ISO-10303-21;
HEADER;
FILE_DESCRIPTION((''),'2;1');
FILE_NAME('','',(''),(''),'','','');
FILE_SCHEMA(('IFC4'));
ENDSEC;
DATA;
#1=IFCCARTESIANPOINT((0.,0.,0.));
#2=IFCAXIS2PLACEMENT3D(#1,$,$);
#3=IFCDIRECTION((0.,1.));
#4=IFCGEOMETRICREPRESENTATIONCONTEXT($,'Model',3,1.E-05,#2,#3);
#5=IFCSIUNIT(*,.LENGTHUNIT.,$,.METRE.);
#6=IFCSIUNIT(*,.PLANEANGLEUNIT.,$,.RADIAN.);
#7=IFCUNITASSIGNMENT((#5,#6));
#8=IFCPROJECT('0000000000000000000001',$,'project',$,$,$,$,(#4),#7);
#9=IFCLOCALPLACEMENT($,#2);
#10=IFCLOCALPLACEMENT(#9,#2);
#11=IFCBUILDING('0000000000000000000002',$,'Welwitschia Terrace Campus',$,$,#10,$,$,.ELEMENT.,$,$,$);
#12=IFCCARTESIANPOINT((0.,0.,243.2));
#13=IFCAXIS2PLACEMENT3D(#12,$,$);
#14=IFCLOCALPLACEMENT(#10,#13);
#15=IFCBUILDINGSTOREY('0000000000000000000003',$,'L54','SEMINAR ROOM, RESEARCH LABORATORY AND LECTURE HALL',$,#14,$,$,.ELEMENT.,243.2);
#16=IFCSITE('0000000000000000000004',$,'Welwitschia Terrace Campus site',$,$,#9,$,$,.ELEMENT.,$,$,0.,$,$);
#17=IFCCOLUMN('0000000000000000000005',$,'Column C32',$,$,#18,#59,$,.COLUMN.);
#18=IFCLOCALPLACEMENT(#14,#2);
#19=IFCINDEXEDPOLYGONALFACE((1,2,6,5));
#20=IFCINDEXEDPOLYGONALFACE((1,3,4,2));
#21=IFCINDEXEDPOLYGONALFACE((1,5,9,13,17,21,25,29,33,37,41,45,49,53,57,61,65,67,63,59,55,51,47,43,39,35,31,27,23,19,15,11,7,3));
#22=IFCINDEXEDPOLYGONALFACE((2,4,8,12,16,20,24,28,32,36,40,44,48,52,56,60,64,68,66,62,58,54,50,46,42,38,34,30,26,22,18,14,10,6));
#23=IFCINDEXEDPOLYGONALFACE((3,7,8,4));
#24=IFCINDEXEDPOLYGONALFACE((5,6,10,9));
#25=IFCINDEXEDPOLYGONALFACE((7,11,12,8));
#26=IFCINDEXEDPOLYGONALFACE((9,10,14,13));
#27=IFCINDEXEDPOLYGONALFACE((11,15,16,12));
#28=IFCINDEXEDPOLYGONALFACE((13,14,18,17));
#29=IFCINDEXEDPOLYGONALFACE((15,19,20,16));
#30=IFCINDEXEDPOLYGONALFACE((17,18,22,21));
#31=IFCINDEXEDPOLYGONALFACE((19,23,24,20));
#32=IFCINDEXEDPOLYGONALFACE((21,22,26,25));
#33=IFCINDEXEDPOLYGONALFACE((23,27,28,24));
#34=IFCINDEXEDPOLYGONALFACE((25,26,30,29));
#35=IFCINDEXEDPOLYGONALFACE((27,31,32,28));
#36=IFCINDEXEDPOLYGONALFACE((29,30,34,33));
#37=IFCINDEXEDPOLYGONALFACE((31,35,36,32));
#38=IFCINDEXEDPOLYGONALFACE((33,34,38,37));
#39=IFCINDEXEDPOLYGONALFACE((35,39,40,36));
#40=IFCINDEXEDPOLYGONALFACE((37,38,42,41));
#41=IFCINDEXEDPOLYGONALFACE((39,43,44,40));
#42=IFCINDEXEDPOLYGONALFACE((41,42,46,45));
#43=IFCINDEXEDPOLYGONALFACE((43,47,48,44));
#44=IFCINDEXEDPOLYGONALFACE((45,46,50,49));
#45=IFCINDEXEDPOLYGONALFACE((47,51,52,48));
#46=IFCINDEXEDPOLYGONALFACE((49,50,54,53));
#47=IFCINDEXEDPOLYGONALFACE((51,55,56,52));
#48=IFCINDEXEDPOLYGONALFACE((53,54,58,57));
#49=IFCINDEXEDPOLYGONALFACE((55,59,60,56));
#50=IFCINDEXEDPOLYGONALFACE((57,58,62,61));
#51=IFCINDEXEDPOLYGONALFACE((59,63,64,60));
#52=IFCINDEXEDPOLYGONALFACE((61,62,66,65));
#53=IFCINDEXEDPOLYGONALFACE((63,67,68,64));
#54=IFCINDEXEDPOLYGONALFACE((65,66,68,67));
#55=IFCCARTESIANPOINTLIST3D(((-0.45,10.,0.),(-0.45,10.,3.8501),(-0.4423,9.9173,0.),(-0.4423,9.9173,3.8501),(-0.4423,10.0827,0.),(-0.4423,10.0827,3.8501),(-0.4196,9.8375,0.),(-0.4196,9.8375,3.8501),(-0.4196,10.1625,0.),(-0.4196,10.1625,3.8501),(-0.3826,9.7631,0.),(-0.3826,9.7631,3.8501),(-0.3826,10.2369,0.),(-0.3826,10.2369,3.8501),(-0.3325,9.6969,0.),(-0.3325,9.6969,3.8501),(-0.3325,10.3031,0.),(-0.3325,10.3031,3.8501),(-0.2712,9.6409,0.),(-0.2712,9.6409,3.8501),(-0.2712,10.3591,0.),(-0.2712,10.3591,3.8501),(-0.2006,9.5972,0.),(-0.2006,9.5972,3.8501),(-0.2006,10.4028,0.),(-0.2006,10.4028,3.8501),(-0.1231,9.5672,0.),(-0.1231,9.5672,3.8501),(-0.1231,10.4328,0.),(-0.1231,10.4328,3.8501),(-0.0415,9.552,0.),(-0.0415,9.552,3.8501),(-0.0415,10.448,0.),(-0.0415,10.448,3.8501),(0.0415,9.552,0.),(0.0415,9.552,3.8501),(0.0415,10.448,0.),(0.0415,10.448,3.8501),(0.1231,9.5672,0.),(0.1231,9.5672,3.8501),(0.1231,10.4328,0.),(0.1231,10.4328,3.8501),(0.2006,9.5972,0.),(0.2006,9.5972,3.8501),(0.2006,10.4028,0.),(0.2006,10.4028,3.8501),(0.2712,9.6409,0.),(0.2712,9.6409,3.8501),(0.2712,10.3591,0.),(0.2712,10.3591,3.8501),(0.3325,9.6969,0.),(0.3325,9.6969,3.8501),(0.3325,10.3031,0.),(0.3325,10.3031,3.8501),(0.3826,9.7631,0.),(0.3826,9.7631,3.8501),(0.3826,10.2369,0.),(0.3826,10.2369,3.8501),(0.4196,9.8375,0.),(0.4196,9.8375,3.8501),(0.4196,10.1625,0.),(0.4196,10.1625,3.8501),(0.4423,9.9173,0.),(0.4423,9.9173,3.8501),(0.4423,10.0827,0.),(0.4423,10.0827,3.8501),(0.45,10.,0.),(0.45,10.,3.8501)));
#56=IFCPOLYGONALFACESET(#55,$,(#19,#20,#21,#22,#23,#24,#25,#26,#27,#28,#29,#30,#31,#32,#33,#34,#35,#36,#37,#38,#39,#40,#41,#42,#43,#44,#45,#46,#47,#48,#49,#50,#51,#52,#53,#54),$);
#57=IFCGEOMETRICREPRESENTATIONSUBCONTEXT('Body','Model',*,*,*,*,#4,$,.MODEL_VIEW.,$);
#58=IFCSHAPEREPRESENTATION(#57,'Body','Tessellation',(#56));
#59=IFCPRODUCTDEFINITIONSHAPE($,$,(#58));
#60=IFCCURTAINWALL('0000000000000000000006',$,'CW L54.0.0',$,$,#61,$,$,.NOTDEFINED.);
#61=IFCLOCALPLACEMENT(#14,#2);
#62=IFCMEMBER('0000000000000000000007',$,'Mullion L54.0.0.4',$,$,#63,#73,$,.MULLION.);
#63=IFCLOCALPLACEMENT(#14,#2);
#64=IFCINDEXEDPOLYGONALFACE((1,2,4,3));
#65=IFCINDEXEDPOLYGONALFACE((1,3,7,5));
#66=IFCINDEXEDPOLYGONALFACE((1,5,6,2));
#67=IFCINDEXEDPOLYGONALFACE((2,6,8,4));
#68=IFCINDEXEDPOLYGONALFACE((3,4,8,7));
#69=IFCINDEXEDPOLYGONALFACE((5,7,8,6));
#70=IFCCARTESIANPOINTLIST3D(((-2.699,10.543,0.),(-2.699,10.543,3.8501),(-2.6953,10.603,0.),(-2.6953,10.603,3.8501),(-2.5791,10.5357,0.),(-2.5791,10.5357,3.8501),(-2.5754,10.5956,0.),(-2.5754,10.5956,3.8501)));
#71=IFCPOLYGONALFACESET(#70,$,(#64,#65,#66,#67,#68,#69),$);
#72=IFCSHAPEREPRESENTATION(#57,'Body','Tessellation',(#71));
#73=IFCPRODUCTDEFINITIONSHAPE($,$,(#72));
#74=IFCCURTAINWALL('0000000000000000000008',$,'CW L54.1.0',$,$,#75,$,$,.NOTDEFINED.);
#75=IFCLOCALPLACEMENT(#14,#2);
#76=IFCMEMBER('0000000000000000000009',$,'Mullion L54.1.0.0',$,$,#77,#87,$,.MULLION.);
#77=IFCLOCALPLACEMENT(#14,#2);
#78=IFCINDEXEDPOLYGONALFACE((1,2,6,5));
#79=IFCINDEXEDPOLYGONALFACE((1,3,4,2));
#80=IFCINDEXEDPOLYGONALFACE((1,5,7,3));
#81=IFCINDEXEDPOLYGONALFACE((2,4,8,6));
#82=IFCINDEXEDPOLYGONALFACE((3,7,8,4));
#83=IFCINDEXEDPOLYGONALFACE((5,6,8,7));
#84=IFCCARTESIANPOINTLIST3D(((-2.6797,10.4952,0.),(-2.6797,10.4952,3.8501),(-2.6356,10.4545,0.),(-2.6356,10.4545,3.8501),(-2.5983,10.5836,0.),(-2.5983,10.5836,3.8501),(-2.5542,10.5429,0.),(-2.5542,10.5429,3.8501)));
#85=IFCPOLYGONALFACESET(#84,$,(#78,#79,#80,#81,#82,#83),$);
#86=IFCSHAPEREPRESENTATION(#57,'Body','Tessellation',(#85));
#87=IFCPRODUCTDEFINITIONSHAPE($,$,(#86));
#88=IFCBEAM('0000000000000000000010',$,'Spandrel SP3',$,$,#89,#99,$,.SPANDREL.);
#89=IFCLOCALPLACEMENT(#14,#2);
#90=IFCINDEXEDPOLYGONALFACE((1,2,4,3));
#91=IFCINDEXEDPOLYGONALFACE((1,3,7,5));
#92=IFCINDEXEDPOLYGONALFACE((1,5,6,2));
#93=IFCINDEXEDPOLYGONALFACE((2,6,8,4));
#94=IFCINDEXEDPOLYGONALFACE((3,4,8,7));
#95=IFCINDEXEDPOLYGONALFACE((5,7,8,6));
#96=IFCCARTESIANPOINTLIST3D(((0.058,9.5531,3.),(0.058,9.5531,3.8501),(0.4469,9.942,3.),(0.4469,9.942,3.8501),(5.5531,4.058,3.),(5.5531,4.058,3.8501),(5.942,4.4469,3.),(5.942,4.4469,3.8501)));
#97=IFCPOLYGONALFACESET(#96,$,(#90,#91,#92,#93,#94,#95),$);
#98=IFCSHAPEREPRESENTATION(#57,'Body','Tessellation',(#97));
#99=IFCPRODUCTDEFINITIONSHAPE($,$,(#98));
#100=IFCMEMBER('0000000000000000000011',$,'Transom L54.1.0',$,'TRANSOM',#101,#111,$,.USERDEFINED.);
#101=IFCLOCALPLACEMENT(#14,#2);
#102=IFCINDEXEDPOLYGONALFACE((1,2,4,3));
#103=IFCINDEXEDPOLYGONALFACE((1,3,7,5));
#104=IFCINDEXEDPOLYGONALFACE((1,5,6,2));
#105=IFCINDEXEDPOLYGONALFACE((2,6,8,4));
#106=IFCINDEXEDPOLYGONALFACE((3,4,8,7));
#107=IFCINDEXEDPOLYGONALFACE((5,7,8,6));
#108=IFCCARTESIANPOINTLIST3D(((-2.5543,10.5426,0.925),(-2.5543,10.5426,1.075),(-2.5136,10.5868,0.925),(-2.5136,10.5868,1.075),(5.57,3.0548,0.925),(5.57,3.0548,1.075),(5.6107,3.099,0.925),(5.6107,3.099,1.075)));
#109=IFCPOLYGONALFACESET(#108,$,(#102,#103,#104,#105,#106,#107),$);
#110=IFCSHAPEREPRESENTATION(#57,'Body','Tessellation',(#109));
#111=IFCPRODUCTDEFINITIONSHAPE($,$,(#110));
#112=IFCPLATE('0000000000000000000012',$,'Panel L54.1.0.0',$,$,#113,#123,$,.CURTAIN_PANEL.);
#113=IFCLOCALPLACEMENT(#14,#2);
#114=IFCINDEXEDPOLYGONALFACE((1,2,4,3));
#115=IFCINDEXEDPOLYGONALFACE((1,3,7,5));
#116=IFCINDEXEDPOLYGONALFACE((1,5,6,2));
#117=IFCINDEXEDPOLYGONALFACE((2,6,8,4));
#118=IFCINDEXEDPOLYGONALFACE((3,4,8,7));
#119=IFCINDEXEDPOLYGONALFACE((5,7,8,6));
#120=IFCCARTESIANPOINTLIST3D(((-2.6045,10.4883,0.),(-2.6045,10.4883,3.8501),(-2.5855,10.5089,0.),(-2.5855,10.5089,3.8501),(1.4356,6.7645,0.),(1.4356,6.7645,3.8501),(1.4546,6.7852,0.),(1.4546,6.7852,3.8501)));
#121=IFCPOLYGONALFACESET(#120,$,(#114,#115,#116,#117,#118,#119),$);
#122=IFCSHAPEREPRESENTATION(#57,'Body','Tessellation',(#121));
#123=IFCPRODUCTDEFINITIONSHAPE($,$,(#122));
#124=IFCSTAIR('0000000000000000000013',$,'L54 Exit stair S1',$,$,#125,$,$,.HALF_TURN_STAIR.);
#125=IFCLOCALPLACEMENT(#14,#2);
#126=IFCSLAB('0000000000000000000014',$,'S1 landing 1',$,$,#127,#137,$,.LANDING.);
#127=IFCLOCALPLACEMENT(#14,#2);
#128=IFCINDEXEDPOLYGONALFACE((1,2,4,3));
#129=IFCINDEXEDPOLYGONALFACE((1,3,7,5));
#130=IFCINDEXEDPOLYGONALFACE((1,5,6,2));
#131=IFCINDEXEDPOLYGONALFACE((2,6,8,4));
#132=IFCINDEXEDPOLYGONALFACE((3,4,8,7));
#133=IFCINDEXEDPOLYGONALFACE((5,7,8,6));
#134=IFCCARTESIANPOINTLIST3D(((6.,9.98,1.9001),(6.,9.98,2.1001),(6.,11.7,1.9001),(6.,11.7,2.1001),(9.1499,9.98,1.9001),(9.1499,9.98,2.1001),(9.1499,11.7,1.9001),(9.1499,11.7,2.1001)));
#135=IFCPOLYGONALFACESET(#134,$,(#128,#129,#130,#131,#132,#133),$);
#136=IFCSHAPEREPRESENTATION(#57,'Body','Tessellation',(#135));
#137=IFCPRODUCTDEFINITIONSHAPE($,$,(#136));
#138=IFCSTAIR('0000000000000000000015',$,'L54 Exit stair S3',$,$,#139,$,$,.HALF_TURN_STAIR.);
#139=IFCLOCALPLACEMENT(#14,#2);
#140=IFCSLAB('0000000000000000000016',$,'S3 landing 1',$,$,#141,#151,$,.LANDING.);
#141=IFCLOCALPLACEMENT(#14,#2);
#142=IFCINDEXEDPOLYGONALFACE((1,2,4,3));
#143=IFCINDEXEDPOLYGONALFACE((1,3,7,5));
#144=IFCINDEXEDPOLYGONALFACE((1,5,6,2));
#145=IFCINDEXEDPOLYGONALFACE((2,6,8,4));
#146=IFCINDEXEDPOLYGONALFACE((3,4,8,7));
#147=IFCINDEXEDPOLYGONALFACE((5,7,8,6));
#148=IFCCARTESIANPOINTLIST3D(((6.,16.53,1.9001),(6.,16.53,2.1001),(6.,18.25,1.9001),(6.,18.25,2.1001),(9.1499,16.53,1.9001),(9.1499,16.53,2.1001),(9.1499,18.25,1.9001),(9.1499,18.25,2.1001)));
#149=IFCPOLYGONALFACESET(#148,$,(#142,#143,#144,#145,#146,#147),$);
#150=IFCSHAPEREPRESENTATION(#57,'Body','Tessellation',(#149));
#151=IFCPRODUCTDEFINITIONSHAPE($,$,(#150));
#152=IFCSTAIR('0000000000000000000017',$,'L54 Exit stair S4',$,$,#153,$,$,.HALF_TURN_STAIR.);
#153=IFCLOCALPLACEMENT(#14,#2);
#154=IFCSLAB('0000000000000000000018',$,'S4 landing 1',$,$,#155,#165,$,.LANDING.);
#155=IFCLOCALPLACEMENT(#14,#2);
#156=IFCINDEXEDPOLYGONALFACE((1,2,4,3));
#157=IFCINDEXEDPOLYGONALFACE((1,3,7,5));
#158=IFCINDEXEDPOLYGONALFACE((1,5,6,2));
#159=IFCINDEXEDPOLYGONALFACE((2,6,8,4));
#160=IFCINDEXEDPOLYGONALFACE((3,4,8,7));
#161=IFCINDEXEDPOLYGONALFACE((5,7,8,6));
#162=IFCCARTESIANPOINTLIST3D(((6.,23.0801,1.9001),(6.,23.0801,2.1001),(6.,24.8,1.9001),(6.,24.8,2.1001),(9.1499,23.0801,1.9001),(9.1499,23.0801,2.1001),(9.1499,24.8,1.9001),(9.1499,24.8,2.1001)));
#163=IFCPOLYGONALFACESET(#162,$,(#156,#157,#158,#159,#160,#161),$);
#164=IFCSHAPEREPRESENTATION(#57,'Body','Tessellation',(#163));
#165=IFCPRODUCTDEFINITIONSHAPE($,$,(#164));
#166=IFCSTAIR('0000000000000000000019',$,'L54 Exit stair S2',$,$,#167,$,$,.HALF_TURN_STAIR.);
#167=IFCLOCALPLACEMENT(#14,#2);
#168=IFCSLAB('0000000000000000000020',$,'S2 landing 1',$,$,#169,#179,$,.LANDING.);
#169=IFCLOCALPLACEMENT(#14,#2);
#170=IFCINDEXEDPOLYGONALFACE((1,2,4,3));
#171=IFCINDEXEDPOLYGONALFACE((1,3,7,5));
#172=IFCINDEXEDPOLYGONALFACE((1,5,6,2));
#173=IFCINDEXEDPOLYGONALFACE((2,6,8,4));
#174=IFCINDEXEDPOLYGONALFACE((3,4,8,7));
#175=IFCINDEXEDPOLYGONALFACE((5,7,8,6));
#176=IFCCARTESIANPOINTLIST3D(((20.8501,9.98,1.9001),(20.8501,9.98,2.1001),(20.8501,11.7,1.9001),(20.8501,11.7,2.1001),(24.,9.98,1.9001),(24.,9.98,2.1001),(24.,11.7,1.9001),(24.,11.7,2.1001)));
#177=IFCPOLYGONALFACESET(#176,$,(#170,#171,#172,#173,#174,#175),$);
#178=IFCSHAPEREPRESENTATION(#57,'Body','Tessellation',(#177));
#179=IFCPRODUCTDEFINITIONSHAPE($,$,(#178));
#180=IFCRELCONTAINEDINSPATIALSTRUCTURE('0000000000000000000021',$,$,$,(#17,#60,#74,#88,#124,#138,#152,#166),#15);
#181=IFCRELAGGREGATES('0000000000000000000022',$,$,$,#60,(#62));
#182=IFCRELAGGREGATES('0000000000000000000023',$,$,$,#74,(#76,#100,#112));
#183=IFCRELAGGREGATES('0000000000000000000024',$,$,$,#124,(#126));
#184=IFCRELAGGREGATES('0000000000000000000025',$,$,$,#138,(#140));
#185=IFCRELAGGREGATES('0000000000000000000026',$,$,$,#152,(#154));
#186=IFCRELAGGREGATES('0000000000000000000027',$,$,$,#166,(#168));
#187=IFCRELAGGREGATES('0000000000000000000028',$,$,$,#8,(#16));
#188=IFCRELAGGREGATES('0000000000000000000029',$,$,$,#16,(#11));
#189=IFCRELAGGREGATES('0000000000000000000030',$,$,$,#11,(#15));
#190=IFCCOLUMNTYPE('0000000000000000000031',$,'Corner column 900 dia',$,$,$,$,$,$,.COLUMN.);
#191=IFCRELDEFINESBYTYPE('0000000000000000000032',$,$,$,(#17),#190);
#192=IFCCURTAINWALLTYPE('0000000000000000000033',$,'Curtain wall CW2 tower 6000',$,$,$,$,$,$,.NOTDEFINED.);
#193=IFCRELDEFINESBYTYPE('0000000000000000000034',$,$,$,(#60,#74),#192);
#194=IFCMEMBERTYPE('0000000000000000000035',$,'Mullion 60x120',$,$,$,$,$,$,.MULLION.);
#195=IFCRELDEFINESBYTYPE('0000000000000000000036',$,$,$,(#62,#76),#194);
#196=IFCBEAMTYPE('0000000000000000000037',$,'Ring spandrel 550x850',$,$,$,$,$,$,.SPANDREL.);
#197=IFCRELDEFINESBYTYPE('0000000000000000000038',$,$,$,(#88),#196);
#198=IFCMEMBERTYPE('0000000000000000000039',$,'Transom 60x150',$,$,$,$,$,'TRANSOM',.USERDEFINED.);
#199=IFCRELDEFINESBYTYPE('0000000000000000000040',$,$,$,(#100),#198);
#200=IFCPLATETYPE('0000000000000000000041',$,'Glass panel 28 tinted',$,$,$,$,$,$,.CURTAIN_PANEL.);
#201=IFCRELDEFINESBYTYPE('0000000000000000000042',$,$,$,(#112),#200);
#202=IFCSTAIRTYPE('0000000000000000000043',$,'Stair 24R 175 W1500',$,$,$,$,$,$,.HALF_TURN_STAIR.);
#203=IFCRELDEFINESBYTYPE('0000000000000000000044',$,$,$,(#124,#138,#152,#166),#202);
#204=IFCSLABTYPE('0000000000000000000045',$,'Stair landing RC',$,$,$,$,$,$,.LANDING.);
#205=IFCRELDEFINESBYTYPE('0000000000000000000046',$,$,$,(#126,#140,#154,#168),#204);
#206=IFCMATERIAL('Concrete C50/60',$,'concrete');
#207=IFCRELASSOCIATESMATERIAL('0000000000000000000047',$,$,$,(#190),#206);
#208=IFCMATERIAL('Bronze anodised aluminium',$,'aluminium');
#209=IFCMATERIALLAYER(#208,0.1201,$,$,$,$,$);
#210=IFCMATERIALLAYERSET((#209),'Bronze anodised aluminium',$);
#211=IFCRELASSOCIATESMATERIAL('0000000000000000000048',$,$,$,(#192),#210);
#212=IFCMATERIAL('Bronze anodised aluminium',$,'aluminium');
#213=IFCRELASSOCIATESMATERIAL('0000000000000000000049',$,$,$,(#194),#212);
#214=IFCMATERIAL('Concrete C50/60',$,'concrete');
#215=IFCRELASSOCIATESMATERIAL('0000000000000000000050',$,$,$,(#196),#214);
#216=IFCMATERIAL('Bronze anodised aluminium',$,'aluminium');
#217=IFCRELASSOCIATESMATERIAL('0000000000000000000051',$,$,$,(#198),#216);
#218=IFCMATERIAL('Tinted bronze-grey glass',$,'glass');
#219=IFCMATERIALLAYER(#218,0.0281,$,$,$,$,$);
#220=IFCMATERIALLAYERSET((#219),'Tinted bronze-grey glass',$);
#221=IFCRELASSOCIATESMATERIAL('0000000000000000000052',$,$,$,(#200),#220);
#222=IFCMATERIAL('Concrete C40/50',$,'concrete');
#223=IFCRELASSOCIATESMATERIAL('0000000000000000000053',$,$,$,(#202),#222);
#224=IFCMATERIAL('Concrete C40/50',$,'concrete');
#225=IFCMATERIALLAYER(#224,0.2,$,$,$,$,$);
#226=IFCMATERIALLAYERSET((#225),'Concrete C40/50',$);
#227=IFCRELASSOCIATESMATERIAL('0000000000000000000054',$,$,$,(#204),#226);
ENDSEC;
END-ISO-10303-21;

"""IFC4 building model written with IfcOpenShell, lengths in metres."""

from ifc_helpers import new_model, si_unit, direction, frame, origin, origin_2d, place, context, subcontext, project, spatial, polyline, rectangle, circle, outline, extrude, material, layer, layer_set, material_profile, profile_set, type_object, element, aggregate, save


model = new_model("IFC4")

# Units and contexts
model_context = context("Model", 3, precision=1e-05, world=origin(), true_north=direction((0.0, 1.0)))
body_context = subcontext(model_context, "Body", "Model", "MODEL_VIEW")
ifc_project = project(units=[si_unit("LENGTHUNIT", "METRE"), si_unit("PLANEANGLEUNIT", "RADIAN")], contexts=[model_context])

# Site, building, storey
site_placement = place(None, origin())
site = spatial("IfcSite", under=ifc_project, at=site_placement, Name="Welwitschia Terrace Campus site", CompositionType="ELEMENT", RefElevation=0.0)
building_placement = place(site_placement, origin())
building = spatial("IfcBuilding", under=site, at=building_placement, Name="Welwitschia Terrace Campus", CompositionType="ELEMENT")
storey_placement = place(building_placement, frame((0.0, 0.0, 243.2)))
storey = spatial("IfcBuildingStorey", under=building, at=storey_placement, Name="L54", Description="SEMINAR ROOM, RESEARCH LABORATORY AND LECTURE HALL", CompositionType="ELEMENT", Elevation=243.2)

# Column
ifc_material_1 = material(Name="Concrete C50/60", Category="concrete")
ifc_material_profile_1 = material_profile(ifc_material_1, circle(Radius=0.45, at=origin_2d()))
ifc_profile_set_1 = profile_set([ifc_material_profile_1], Name="Concrete C50/60")
column_type = type_object("IfcColumnType", Name="Corner column 900 dia", PredefinedType="COLUMN", material=ifc_profile_set_1)
column_placement = place(storey_placement, frame((0.0, 10.0, 0.0), z_axis=(0.0, 0.0, 1.0), x_axis=(1.0, 0.0, 0.0)))
element("IfcColumn", 1, at=column_placement, inside=storey, type_object=column_type, Name="Column C32", PredefinedType="COLUMN", context=body_context, shape_type="SweptSolid", body=[
    extrude(circle(Radius=0.45, at=origin_2d()), origin(), (0.0, 0.0, 1.0), 3.8501),
])

# Curtain walls, members
ifc_material_2 = material(Name="Bronze anodised aluminium", Category="aluminium")
ifc_layer_1 = layer(ifc_material_2, 0.1201)
ifc_layer_set_1 = layer_set([ifc_layer_1], Name="Bronze anodised aluminium")
curtain_wall_type = type_object("IfcCurtainWallType", Name="Curtain wall CW2 tower 6000", PredefinedType="NOTDEFINED", material=ifc_layer_set_1)
curtain_wall_1_placement = place(storey_placement, origin())
curtain_wall_1 = element("IfcCurtainWall", 2, at=curtain_wall_1_placement, inside=storey, type_object=curtain_wall_type, Name="CW L54.0.0", PredefinedType="NOTDEFINED")
ifc_material_3 = material(Name="Bronze anodised aluminium", Category="aluminium")
ifc_material_profile_2 = material_profile(ifc_material_3, rectangle(XDim=0.1201, YDim=0.0601, at=origin_2d()))
ifc_profile_set_2 = profile_set([ifc_material_profile_2], Name="Bronze anodised aluminium")
member_type_1 = type_object("IfcMemberType", Name="Mullion 60x120", PredefinedType="MULLION", material=ifc_profile_set_2)
member_1_placement = place(storey_placement, frame((-2.6372, 10.5693, 0.0), z_axis=(0.0, 0.0, 1.0), x_axis=(0.998135, -0.061049, 0.0)))
member_1 = element("IfcMember", 3, at=member_1_placement, type_object=member_type_1, Name="Mullion L54.0.0.4", PredefinedType="MULLION", context=body_context, shape_type="SweptSolid", body=[
    extrude(rectangle(XDim=0.1201, YDim=0.0601, at=origin_2d()), origin(), (0.0, 0.0, 1.0), 3.8501),
])
aggregate(curtain_wall_1, [member_1])
curtain_wall_2_placement = place(storey_placement, origin())
curtain_wall_2 = element("IfcCurtainWall", 4, at=curtain_wall_2_placement, inside=storey, type_object=curtain_wall_type, Name="CW L54.1.0", PredefinedType="NOTDEFINED")
member_2_placement = place(storey_placement, frame((-2.6169, 10.519, 0.0), z_axis=(0.0, 0.0, 1.0), x_axis=(0.67773, 0.735311, 0.0)))
member_2 = element("IfcMember", 5, at=member_2_placement, type_object=member_type_1, Name="Mullion L54.1.0.0", PredefinedType="MULLION", context=body_context, shape_type="SweptSolid", body=[
    extrude(rectangle(XDim=0.1201, YDim=0.0601, at=origin_2d()), origin(), (0.0, 0.0, 1.0), 3.8501),
])

# Beam
ifc_material_4 = material(Name="Concrete C50/60", Category="concrete")
ifc_material_profile_3 = material_profile(ifc_material_4, rectangle(XDim=0.55, YDim=0.8501, at=origin_2d()))
ifc_profile_set_3 = profile_set([ifc_material_profile_3], Name="Concrete C50/60")
beam_type = type_object("IfcBeamType", Name="Ring spandrel 550x850", PredefinedType="SPANDREL", material=ifc_profile_set_3)
beam_placement = place(storey_placement, frame((0.2524, 9.7476, 3.425), z_axis=(0.707107, -0.707107, 0.0), x_axis=(0.707107, 0.707107, 0.0)))
element("IfcBeam", 6, at=beam_placement, inside=storey, type_object=beam_type, Name="Spandrel SP3", PredefinedType="SPANDREL", context=body_context, shape_type="SweptSolid", body=[
    extrude(rectangle(XDim=0.55, YDim=0.8501, at=origin_2d()), origin(), (0.0, 0.0, 1.0), 7.7712),
])

# Member
ifc_material_5 = material(Name="Bronze anodised aluminium", Category="aluminium")
ifc_material_profile_4 = material_profile(ifc_material_5, rectangle(XDim=0.0601, YDim=0.1499, at=origin_2d()))
ifc_profile_set_4 = profile_set([ifc_material_profile_4], Name="Bronze anodised aluminium")
member_type_2 = type_object("IfcMemberType", Name="Transom 60x150", ElementType="TRANSOM", PredefinedType="USERDEFINED", material=ifc_profile_set_4)
member_3_placement = place(storey_placement, frame((-2.5339, 10.5647, 1.0), z_axis=(0.735323, -0.677716, 0.0), x_axis=(0.677716, 0.735323, 0.0)))
member_3 = element("IfcMember", 7, at=member_3_placement, type_object=member_type_2, Name="Transom L54.1.0", ObjectType="TRANSOM", PredefinedType="USERDEFINED", context=body_context, shape_type="SweptSolid", body=[
    extrude(rectangle(XDim=0.0601, YDim=0.1499, at=origin_2d()), origin(), (0.0, 0.0, 1.0), 11.0486),
])

# Plate
ifc_material_6 = material(Name="Tinted bronze-grey glass", Category="glass")
ifc_layer_2 = layer(ifc_material_6, 0.0281)
ifc_layer_set_2 = layer_set([ifc_layer_2], Name="Tinted bronze-grey glass")
plate_type = type_object("IfcPlateType", Name="Glass panel 28 tinted", PredefinedType="CURTAIN_PANEL", material=ifc_layer_set_2)
plate_placement = place(storey_placement, frame((-0.575, 8.6367, 0.0), z_axis=(0.0, 0.0, 1.0), x_axis=(0.735311, -0.67773, 0.0)))
plate = element("IfcPlate", 8, at=plate_placement, type_object=plate_type, Name="Panel L54.1.0.0", PredefinedType="CURTAIN_PANEL", context=body_context, shape_type="SweptSolid", body=[
    extrude(rectangle(XDim=5.4944, YDim=0.0281, at=origin_2d()), origin(), (0.0, 0.0, 1.0), 3.8501),
])
aggregate(curtain_wall_2, [member_2, member_3, plate])

# Stairs, slabs
ifc_material_7 = material(Name="Concrete C40/50", Category="concrete")
stair_type = type_object("IfcStairType", Name="Stair 24R 175 W1500", PredefinedType="HALF_TURN_STAIR", material=ifc_material_7)
stair_1_placement = place(storey_placement, origin())
stair_1 = element("IfcStair", 9, at=stair_1_placement, inside=storey, type_object=stair_type, Name="L54 Exit stair S1", PredefinedType="HALF_TURN_STAIR")
ifc_material_8 = material(Name="Concrete C40/50", Category="concrete")
ifc_layer_3 = layer(ifc_material_8, 0.2)
ifc_layer_set_3 = layer_set([ifc_layer_3], Name="Concrete C40/50")
slab_type_1 = type_object("IfcSlabType", Name="Stair landing RC", PredefinedType="LANDING", material=ifc_layer_set_3)
slab_1_placement = place(storey_placement, frame((0.0, 0.0, 1.9001)))
slab_1 = element("IfcSlab", 10, at=slab_1_placement, type_object=slab_type_1, Name="S1 landing 1", PredefinedType="LANDING", context=body_context, shape_type="SweptSolid", body=[
    extrude(outline(polyline([(9.1499, 9.98), (9.1499, 11.7), (6.0, 11.7), (6.0, 9.98), (9.1499, 9.98)])), origin(), (0.0, 0.0, 1.0), 0.2),
])
aggregate(stair_1, [slab_1])
stair_2_placement = place(storey_placement, origin())
stair_2 = element("IfcStair", 11, at=stair_2_placement, inside=storey, type_object=stair_type, Name="L54 Exit stair S3", PredefinedType="HALF_TURN_STAIR")
slab_2_placement = place(storey_placement, frame((0.0, 0.0, 1.9001)))
slab_2 = element("IfcSlab", 12, at=slab_2_placement, type_object=slab_type_1, Name="S3 landing 1", PredefinedType="LANDING", context=body_context, shape_type="SweptSolid", body=[
    extrude(outline(polyline([(9.1499, 16.53), (9.1499, 18.25), (6.0, 18.25), (6.0, 16.53), (9.1499, 16.53)])), origin(), (0.0, 0.0, 1.0), 0.2),
])
aggregate(stair_2, [slab_2])
stair_3_placement = place(storey_placement, origin())
stair_3 = element("IfcStair", 13, at=stair_3_placement, inside=storey, type_object=stair_type, Name="L54 Exit stair S4", PredefinedType="HALF_TURN_STAIR")
slab_3_placement = place(storey_placement, frame((0.0, 0.0, 1.9001)))
slab_3 = element("IfcSlab", 14, at=slab_3_placement, type_object=slab_type_1, Name="S4 landing 1", PredefinedType="LANDING", context=body_context, shape_type="SweptSolid", body=[
    extrude(outline(polyline([(9.1499, 23.0801), (9.1499, 24.8), (6.0, 24.8), (6.0, 23.0801), (9.1499, 23.0801)])), origin(), (0.0, 0.0, 1.0), 0.2),
])
aggregate(stair_3, [slab_3])
stair_4_placement = place(storey_placement, origin())
stair_4 = element("IfcStair", 15, at=stair_4_placement, inside=storey, type_object=stair_type, Name="L54 Exit stair S2", PredefinedType="HALF_TURN_STAIR")
slab_4_placement = place(storey_placement, frame((0.0, 0.0, 1.9001)))
slab_4 = element("IfcSlab", 16, at=slab_4_placement, type_object=slab_type_1, Name="S2 landing 1", PredefinedType="LANDING", context=body_context, shape_type="SweptSolid", body=[
    extrude(outline(polyline([(24.0, 9.98), (24.0, 11.7), (20.8501, 11.7), (20.8501, 9.98), (24.0, 9.98)])), origin(), (0.0, 0.0, 1.0), 0.2),
])
aggregate(stair_4, [slab_4])

save(model, "model.ifc")
